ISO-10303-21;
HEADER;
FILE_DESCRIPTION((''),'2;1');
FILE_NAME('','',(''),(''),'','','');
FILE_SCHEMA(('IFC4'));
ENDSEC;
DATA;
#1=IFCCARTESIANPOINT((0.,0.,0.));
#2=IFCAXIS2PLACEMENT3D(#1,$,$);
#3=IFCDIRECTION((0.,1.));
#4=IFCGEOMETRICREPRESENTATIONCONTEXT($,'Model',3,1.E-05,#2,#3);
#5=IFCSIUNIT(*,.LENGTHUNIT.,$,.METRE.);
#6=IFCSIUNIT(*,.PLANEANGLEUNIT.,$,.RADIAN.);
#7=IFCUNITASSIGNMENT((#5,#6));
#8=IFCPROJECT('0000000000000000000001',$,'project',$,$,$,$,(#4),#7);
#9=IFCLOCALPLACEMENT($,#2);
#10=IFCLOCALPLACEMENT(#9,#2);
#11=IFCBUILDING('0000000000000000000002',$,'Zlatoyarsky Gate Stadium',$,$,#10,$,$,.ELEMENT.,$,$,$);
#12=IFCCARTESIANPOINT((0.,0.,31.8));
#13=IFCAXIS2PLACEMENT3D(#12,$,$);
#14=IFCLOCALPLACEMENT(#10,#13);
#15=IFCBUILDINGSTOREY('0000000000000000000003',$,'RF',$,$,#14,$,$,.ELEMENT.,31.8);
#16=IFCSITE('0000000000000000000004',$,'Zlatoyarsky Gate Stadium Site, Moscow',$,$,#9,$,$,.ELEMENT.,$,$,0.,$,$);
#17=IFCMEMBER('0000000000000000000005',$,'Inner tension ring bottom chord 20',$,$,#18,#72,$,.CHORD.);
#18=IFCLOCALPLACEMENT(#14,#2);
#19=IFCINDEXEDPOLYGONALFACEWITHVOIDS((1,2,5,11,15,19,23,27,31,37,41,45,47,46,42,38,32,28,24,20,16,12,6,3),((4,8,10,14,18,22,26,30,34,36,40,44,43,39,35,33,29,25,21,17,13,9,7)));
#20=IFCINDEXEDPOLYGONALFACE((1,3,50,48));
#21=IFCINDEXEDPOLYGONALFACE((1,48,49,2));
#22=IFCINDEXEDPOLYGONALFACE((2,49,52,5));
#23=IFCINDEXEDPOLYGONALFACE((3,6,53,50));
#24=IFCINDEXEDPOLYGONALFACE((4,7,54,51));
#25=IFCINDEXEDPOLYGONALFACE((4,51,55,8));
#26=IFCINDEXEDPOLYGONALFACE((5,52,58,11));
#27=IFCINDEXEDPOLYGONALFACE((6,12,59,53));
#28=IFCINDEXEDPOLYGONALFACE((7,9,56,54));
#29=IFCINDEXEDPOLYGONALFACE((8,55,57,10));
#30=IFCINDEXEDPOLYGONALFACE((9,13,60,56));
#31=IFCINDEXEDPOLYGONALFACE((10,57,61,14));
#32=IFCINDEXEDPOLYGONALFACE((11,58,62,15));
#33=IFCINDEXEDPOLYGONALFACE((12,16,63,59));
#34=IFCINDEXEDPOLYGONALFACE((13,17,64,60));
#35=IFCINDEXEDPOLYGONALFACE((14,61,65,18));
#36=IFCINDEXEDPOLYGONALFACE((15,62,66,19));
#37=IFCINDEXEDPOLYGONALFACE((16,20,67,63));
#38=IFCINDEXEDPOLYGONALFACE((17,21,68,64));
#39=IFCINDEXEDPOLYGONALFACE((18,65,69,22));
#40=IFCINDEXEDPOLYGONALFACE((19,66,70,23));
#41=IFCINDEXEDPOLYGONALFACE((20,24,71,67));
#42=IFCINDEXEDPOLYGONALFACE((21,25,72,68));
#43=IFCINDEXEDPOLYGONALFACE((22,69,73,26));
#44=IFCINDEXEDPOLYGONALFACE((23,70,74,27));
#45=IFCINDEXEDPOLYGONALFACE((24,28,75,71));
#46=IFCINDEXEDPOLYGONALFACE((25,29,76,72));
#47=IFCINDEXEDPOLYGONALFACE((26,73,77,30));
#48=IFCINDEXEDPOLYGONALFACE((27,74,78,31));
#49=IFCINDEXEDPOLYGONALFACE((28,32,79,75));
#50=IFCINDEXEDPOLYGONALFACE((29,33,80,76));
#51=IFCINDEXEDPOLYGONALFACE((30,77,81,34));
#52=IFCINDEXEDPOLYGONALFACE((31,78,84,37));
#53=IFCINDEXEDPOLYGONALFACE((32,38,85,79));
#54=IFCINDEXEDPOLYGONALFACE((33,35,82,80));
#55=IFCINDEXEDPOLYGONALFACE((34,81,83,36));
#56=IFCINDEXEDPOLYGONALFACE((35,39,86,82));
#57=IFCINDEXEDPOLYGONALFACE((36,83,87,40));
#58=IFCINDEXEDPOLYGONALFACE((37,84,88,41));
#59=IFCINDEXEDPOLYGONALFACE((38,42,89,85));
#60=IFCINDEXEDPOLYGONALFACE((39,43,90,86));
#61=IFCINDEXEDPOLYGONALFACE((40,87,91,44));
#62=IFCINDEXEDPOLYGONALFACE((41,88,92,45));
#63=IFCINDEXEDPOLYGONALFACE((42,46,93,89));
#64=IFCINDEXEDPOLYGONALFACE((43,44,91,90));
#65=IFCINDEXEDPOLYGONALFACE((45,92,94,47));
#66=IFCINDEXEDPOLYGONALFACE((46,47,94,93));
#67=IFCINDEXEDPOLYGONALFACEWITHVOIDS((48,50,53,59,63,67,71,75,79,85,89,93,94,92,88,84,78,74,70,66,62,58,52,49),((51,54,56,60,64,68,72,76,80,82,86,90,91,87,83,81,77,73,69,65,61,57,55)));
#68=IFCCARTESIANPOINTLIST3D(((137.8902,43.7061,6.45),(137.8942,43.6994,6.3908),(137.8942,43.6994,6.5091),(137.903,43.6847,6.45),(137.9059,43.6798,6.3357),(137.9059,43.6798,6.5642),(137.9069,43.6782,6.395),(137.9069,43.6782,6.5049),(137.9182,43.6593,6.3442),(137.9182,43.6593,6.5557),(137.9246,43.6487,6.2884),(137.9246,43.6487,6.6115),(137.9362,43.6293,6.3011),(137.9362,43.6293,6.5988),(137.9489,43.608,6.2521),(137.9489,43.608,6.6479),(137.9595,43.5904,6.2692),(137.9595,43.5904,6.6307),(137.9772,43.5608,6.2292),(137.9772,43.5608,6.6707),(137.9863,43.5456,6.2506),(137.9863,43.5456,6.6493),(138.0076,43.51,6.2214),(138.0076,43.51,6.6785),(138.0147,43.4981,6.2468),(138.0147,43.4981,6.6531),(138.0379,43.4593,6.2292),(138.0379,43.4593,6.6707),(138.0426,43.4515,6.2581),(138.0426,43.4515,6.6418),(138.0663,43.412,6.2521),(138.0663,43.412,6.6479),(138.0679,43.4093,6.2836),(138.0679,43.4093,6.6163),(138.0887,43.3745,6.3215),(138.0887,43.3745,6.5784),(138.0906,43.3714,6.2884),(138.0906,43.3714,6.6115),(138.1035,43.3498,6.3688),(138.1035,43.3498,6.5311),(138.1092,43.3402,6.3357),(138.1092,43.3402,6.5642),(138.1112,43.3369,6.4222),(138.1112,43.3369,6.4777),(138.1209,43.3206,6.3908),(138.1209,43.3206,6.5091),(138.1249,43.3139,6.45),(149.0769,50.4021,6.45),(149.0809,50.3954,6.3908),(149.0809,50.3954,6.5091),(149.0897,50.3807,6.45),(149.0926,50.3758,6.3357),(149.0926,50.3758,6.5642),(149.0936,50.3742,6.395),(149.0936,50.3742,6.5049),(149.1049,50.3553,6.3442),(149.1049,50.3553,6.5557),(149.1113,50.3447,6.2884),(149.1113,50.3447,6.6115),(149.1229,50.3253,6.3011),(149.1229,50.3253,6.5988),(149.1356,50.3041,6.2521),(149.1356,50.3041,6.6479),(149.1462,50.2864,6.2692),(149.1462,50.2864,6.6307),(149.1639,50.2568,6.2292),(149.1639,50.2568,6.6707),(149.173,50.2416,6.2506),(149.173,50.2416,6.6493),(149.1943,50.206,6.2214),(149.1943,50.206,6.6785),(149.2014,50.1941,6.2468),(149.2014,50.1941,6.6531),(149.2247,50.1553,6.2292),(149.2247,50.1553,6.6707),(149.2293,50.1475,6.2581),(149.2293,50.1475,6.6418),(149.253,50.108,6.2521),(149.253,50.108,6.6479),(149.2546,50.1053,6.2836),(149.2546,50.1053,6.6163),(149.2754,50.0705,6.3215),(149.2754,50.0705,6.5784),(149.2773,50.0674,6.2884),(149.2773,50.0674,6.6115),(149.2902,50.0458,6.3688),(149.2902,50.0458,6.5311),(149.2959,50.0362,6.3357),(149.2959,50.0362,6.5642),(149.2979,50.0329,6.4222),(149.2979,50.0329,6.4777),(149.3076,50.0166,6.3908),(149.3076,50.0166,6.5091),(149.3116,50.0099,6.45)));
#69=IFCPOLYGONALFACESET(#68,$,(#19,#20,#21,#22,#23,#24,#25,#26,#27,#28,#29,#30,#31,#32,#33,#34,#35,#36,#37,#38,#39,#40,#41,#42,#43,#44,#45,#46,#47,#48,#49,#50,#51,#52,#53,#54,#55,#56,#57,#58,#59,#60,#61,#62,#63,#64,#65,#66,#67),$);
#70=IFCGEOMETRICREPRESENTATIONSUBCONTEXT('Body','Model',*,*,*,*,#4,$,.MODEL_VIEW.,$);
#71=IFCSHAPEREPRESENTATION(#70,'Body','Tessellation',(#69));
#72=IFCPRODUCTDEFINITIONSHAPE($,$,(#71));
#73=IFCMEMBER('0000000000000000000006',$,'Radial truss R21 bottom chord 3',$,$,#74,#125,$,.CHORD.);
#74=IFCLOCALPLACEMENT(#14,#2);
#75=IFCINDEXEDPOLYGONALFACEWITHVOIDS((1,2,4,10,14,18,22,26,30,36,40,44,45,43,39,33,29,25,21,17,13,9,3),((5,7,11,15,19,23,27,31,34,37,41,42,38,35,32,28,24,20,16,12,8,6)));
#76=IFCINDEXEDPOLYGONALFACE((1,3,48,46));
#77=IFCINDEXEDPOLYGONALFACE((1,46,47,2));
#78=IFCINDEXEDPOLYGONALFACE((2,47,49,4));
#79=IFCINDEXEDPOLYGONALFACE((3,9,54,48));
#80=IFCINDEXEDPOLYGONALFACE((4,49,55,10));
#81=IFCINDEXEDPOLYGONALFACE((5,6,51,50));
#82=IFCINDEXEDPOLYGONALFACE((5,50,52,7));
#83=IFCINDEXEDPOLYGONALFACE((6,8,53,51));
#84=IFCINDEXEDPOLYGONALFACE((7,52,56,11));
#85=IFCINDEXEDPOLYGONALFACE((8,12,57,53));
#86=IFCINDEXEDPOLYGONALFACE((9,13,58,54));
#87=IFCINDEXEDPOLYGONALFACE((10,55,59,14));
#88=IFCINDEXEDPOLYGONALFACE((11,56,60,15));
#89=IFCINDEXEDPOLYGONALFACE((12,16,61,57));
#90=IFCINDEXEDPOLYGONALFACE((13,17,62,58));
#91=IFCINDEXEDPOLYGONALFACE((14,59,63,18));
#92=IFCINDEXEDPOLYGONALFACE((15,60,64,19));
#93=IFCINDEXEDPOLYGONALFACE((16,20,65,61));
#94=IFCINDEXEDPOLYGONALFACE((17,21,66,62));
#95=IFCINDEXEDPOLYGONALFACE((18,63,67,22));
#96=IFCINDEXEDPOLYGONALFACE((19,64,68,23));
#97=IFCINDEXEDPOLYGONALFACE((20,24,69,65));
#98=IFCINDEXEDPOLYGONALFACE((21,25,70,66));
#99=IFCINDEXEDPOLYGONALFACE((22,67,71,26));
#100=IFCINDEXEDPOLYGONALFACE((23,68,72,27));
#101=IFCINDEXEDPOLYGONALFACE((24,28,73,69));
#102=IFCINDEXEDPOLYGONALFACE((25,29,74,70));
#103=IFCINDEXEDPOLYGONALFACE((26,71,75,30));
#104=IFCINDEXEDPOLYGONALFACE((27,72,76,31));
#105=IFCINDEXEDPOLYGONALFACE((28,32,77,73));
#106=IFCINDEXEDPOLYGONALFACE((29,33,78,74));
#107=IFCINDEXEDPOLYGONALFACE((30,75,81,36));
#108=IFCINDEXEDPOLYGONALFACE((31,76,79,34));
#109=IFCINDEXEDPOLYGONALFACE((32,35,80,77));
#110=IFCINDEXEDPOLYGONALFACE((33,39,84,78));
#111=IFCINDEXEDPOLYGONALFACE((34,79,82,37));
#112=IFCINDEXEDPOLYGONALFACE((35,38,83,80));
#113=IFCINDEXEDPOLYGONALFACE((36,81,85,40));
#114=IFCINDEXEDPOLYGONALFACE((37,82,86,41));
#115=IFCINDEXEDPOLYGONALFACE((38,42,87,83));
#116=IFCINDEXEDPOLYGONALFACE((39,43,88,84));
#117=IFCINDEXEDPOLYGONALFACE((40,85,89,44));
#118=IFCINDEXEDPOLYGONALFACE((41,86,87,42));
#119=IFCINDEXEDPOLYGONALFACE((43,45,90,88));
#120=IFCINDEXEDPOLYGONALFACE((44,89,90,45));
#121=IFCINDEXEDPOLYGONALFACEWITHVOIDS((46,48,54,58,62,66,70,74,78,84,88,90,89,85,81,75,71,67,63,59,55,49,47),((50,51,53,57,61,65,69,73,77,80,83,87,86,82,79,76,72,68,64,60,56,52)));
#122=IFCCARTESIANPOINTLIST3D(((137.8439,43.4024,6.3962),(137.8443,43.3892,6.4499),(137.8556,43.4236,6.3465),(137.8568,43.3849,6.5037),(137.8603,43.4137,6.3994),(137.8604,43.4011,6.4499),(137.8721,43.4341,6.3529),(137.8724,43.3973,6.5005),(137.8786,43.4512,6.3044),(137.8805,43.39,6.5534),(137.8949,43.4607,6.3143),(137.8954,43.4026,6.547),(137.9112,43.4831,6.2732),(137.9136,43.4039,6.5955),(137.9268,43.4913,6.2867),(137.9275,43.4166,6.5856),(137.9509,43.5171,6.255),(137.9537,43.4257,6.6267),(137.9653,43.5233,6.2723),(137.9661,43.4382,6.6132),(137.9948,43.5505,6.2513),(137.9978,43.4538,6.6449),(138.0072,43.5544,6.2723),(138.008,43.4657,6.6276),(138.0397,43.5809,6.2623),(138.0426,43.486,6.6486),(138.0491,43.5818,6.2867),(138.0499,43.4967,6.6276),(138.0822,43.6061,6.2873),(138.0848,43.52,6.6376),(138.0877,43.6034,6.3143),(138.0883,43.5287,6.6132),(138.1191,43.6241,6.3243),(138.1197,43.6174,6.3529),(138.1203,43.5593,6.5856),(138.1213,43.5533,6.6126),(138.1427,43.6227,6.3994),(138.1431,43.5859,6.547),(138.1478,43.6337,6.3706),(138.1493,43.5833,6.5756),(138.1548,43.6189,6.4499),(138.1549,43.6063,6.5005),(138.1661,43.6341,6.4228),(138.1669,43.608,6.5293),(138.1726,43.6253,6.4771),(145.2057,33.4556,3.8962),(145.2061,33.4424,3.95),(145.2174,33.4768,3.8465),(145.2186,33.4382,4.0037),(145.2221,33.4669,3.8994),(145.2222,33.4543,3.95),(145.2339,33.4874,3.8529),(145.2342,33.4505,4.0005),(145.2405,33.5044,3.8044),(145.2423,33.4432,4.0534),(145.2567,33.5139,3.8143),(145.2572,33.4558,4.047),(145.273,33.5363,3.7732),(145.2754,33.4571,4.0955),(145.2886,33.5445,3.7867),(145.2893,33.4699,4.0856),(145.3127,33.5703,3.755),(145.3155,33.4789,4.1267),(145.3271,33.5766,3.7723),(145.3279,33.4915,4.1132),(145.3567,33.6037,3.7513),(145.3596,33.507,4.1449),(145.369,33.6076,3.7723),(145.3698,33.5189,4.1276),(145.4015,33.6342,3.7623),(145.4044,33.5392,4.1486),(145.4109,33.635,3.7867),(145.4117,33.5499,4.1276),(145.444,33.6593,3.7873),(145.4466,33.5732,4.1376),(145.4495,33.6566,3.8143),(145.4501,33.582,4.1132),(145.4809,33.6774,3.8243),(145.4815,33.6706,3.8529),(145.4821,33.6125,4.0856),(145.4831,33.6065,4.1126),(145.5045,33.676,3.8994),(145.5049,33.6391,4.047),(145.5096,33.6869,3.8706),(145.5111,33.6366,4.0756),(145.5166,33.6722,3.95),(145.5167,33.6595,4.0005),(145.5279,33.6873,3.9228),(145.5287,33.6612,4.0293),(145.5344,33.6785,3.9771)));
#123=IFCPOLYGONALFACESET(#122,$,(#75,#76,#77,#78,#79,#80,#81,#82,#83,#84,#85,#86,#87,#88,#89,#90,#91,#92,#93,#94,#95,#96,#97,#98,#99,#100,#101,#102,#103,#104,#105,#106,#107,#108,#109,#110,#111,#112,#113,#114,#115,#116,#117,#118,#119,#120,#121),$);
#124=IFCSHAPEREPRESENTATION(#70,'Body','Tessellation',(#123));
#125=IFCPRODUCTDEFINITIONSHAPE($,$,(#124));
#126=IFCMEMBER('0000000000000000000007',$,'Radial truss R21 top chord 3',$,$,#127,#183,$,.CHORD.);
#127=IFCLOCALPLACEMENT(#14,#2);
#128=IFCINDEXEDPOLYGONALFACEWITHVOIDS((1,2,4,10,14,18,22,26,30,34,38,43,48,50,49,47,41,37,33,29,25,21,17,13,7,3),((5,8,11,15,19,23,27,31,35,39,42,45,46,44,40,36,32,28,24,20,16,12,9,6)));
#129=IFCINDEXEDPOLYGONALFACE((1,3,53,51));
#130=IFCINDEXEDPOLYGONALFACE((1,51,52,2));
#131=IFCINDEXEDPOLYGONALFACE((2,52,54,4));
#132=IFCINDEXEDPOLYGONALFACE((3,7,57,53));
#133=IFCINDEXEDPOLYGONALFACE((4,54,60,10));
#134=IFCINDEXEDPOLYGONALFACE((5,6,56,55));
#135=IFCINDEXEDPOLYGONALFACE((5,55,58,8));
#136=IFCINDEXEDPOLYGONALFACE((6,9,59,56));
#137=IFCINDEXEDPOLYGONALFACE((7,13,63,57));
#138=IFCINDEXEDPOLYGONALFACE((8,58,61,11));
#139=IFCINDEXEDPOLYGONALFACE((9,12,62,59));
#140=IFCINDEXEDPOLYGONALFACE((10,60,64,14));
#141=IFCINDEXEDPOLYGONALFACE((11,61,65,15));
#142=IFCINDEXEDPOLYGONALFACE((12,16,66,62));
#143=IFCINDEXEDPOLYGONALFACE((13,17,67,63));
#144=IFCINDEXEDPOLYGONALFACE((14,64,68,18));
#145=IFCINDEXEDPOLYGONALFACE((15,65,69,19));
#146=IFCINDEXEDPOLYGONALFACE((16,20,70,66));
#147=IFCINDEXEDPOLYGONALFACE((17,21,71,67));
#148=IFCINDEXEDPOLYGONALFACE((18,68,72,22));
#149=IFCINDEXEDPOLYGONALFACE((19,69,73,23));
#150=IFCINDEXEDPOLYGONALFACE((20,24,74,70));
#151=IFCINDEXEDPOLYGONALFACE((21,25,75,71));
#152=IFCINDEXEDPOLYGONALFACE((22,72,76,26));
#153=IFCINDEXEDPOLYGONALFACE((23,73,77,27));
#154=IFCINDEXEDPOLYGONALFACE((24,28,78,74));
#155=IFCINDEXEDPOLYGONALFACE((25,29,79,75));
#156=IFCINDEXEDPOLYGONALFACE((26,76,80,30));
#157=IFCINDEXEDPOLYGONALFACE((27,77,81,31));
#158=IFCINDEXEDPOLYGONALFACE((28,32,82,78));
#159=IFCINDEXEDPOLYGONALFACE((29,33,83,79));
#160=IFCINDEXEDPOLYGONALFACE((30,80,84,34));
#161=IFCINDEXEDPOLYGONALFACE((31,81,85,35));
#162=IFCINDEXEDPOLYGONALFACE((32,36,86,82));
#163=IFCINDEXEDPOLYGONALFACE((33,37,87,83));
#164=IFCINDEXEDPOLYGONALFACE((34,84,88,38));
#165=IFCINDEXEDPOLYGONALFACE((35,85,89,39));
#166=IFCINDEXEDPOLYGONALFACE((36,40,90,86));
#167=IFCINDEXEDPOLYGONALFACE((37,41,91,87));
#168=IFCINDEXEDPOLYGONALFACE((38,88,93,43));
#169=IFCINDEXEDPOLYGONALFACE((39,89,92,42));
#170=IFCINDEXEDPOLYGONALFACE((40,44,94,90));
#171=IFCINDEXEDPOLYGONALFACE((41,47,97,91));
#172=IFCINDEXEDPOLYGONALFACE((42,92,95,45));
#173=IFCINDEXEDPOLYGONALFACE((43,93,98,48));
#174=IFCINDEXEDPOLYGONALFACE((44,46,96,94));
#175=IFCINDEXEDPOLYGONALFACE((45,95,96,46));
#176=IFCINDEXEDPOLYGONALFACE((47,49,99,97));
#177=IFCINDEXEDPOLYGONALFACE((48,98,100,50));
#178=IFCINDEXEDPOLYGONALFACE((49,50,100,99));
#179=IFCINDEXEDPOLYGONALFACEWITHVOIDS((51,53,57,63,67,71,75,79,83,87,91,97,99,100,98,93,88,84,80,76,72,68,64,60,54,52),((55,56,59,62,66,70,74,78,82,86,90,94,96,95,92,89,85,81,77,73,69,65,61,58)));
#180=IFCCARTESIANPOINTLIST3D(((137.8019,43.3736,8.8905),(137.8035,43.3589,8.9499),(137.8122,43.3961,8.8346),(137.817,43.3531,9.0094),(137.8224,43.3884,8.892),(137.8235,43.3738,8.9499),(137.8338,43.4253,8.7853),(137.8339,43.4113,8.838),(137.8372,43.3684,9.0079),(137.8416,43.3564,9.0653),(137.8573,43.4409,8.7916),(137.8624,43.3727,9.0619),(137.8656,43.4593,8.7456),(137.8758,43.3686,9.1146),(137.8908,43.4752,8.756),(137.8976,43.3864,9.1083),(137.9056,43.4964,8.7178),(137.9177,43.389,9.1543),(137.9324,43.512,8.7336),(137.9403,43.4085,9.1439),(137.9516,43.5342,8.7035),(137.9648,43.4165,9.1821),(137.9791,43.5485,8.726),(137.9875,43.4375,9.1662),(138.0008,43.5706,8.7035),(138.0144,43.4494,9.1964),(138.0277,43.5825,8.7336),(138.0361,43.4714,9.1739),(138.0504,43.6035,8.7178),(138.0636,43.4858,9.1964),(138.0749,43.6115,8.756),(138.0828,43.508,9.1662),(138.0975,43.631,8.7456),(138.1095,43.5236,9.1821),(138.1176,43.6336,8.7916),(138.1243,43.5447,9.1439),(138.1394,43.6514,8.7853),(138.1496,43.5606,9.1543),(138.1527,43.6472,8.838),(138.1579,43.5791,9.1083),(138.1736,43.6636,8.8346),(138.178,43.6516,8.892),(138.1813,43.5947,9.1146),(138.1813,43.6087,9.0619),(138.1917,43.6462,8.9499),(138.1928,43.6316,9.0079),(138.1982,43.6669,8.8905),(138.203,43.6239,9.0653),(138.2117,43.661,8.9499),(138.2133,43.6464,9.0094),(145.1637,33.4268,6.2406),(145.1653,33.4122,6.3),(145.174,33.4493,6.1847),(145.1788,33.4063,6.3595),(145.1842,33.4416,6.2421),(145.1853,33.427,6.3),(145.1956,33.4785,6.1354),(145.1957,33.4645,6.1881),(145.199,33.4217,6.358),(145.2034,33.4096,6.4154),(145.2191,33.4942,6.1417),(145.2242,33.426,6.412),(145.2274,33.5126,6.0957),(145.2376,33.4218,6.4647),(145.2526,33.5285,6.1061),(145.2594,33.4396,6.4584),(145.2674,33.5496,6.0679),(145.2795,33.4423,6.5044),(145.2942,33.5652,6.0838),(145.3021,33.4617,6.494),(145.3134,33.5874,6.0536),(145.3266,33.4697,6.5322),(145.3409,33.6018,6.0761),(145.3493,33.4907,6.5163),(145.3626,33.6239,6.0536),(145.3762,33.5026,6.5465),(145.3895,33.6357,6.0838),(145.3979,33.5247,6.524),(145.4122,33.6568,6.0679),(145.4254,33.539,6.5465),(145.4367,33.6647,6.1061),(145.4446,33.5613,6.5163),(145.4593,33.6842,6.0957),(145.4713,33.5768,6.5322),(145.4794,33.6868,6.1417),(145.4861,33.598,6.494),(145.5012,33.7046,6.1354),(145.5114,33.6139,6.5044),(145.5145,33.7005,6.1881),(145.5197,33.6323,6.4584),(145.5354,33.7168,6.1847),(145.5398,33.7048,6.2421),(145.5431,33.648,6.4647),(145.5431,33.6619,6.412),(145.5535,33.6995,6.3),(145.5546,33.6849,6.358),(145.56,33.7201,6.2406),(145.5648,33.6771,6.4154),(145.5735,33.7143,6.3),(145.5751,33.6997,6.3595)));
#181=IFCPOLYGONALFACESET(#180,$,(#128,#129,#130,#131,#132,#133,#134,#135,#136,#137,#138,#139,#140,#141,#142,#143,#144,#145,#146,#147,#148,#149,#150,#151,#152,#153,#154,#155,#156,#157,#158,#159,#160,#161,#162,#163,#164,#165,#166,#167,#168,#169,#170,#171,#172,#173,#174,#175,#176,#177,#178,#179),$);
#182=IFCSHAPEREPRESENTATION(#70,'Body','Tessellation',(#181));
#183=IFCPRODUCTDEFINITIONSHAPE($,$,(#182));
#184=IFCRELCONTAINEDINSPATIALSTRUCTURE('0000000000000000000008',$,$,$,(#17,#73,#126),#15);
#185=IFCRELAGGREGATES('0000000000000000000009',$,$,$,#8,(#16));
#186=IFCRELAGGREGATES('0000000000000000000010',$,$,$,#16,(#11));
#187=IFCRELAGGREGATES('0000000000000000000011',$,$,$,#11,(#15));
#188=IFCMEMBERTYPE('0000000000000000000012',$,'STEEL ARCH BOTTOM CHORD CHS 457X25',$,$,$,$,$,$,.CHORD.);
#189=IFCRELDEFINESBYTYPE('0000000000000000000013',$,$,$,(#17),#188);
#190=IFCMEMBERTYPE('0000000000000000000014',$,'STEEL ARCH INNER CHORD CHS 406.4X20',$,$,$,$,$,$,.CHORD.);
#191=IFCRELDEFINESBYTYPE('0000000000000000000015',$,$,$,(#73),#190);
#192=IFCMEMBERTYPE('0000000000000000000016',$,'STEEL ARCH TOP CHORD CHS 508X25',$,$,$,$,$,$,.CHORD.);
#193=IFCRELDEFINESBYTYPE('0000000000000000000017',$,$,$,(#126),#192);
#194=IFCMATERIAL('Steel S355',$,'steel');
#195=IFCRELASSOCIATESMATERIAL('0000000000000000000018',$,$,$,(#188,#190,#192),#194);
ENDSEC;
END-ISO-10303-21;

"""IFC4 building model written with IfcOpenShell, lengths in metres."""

from ifc_helpers import new_model, si_unit, direction, frame, origin, origin_2d, place, context, subcontext, project, spatial, hollow_circle, extrude, material, material_profile, profile_set, type_object, element, save


model = new_model("IFC4")

# Units and contexts
model_context = context("Model", 3, precision=1e-05, world=origin(), true_north=direction((0.0, 1.0)))
body_context = subcontext(model_context, "Body", "Model", "MODEL_VIEW")
ifc_project = project(units=[si_unit("LENGTHUNIT", "METRE"), si_unit("PLANEANGLEUNIT", "RADIAN")], contexts=[model_context])

# Site, building, storey
site_placement = place(None, origin())
site = spatial("IfcSite", under=ifc_project, at=site_placement, Name="Zlatoyarsky Gate Stadium Site, Moscow", CompositionType="ELEMENT", RefElevation=0.0)
building_placement = place(site_placement, origin())
building = spatial("IfcBuilding", under=site, at=building_placement, Name="Zlatoyarsky Gate Stadium", CompositionType="ELEMENT")
storey_placement = place(building_placement, frame((0.0, 0.0, 31.8)))
storey = spatial("IfcBuildingStorey", under=building, at=storey_placement, Name="RF", CompositionType="ELEMENT", Elevation=31.8)

# Members
ifc_material_1 = material(Name="Steel S355", Category="steel")
ifc_material_profile_1 = material_profile(ifc_material_1, hollow_circle(Radius=0.2285, WallThickness=0.0249, at=origin_2d()), Name="CHS 457X25")
ifc_profile_set_1 = profile_set([ifc_material_profile_1], Name="Steel S355")
member_type_1 = type_object("IfcMemberType", Name="STEEL ARCH BOTTOM CHORD CHS 457X25", PredefinedType="CHORD", material=ifc_profile_set_1)
member_1_placement = place(storey_placement, frame((138.0076, 43.51, 6.45), z_axis=(0.858034, 0.513592, 0.0), x_axis=(-0.513592, 0.858034, 0.0)))
element("IfcMember", 1, at=member_1_placement, inside=storey, type_object=member_type_1, Name="Inner tension ring bottom chord 20", PredefinedType="CHORD", context=body_context, shape_type="SweptSolid", body=[
    extrude(hollow_circle(Radius=0.2285, WallThickness=0.0249, at=origin_2d()), origin(), (0.0, 0.0, 1.0), 13.0376),
])
ifc_material_profile_2 = material_profile(ifc_material_1, hollow_circle(Radius=0.2031, WallThickness=0.02, at=origin_2d()), Name="CHS 406.4X20")
ifc_profile_set_2 = profile_set([ifc_material_profile_2], Name="Steel S355")
member_type_2 = type_object("IfcMemberType", Name="STEEL ARCH INNER CHORD CHS 406.4X20", PredefinedType="CHORD", material=ifc_profile_set_2)
member_2_placement = place(storey_placement, frame((145.3694, 33.5632, 3.95), z_axis=(-0.583125, 0.787878, 0.198023), x_axis=(-0.803795, -0.594906, 0.0)))
element("IfcMember", 2, at=member_2_placement, inside=storey, type_object=member_type_2, Name="Radial truss R21 bottom chord 3", PredefinedType="CHORD", context=body_context, shape_type="SweptSolid", body=[
    extrude(hollow_circle(Radius=0.2031, WallThickness=0.02, at=origin_2d()), origin(), (0.0, 0.0, 1.0), 12.6248),
])
ifc_material_profile_3 = material_profile(ifc_material_1, hollow_circle(Radius=0.2539, WallThickness=0.0249, at=origin_2d()), Name="CHS 508X25")
ifc_profile_set_3 = profile_set([ifc_material_profile_3], Name="Steel S355")
member_type_3 = type_object("IfcMemberType", Name="STEEL ARCH TOP CHORD CHS 508X25", PredefinedType="CHORD", material=ifc_profile_set_3)
member_3_placement = place(storey_placement, frame((145.3694, 33.5632, 6.3), z_axis=(-0.581718, 0.785977, 0.209391), x_axis=(-0.803795, -0.594906, 0.0)))
element("IfcMember", 3, at=member_3_placement, inside=storey, type_object=member_type_3, Name="Radial truss R21 top chord 3", PredefinedType="CHORD", context=body_context, shape_type="SweptSolid", body=[
    extrude(hollow_circle(Radius=0.2539, WallThickness=0.0249, at=origin_2d()), origin(), (0.0, 0.0, 1.0), 12.6553),
])

save(model, "model.ifc")
